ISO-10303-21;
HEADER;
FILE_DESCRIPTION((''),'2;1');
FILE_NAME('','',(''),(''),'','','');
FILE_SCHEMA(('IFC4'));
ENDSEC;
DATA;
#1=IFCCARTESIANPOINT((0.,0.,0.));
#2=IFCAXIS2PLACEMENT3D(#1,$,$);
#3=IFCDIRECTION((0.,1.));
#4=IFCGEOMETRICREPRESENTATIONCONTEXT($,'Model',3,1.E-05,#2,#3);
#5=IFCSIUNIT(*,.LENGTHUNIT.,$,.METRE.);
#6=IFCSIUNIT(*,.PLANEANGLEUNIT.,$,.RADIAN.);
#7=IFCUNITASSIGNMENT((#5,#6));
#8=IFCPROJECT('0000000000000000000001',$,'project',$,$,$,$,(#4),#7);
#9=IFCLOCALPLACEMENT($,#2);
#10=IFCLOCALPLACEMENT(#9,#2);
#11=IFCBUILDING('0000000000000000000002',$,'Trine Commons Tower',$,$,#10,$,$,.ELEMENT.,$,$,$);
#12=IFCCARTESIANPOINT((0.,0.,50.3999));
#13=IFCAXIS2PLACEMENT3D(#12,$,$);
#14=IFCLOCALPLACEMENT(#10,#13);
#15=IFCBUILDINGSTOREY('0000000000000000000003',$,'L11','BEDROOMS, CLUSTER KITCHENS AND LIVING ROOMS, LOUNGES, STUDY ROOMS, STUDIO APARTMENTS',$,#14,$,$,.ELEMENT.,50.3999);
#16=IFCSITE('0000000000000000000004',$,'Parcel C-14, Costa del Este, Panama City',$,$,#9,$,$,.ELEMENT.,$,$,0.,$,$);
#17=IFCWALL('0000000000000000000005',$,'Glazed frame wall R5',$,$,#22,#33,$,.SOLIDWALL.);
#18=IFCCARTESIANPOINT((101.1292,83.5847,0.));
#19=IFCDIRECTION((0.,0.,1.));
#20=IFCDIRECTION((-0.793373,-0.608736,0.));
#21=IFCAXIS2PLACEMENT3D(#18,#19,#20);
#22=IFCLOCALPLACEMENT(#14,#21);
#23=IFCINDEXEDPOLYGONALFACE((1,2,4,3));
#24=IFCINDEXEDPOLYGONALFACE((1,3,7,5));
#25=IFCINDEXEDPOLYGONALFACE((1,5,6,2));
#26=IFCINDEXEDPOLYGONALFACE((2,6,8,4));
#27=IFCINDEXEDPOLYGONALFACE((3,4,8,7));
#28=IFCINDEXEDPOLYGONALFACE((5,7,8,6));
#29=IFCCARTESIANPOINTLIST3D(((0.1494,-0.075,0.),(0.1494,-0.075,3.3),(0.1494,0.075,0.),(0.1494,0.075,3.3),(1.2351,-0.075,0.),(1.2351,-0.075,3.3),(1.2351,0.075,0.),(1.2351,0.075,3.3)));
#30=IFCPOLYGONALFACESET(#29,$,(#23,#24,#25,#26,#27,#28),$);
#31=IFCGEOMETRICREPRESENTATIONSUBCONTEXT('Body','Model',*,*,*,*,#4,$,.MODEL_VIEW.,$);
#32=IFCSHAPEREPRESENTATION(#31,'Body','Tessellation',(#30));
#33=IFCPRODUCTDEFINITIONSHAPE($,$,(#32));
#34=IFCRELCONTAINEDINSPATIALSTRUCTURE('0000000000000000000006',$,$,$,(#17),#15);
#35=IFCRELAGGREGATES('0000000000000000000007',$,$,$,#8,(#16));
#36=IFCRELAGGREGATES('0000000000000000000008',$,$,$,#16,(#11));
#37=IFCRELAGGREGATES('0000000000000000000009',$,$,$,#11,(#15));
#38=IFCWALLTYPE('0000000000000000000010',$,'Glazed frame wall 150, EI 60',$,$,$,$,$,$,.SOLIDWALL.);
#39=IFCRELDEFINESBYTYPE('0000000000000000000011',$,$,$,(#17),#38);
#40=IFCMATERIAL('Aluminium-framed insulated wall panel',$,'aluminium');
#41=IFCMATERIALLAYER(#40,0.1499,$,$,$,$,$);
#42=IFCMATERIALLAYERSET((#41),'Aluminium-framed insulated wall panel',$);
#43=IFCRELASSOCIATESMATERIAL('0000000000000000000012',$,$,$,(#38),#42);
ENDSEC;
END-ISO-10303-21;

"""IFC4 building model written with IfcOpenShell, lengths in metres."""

from ifc_helpers import new_model, si_unit, direction, frame, origin, place, context, subcontext, project, spatial, polyline, outline, extrude, material, layer, layer_set, type_object, element, save


model = new_model("IFC4")

# Units and contexts
model_context = context("Model", 3, precision=1e-05, world=origin(), true_north=direction((0.0, 1.0)))
body_context = subcontext(model_context, "Body", "Model", "MODEL_VIEW")
ifc_project = project(units=[si_unit("LENGTHUNIT", "METRE"), si_unit("PLANEANGLEUNIT", "RADIAN")], contexts=[model_context])

# Site, building, storey
site_placement = place(None, origin())
site = spatial("IfcSite", under=ifc_project, at=site_placement, Name="Parcel C-14, Costa del Este, Panama City", CompositionType="ELEMENT", RefElevation=0.0)
building_placement = place(site_placement, origin())
building = spatial("IfcBuilding", under=site, at=building_placement, Name="Trine Commons Tower", CompositionType="ELEMENT")
storey_placement = place(building_placement, frame((0.0, 0.0, 50.3999)))
storey = spatial("IfcBuildingStorey", under=building, at=storey_placement, Name="L11", Description="BEDROOMS, CLUSTER KITCHENS AND LIVING ROOMS, LOUNGES, STUDY ROOMS, STUDIO APARTMENTS", CompositionType="ELEMENT", Elevation=50.3999)

# Wall
ifc_material_1 = material(Name="Aluminium-framed insulated wall panel", Category="aluminium")
ifc_layer_1 = layer(ifc_material_1, 0.1499)
ifc_layer_set_1 = layer_set([ifc_layer_1], Name="Aluminium-framed insulated wall panel")
wall_type_1 = type_object("IfcWallType", Name="Glazed frame wall 150, EI 60", PredefinedType="SOLIDWALL", material=ifc_layer_set_1)
wall_1_placement = place(storey_placement, frame((101.1292, 83.5847, 0.0), z_axis=(0.0, 0.0, 1.0), x_axis=(-0.793373, -0.608736, 0.0)))
element("IfcWall", 1, at=wall_1_placement, inside=storey, type_object=wall_type_1, Name="Glazed frame wall R5", PredefinedType="SOLIDWALL", context=body_context, shape_type="SweptSolid", body=[
    extrude(outline(polyline([(0.1494, 0.075), (0.1494, -0.075), (1.2351, -0.075), (1.2351, 0.075), (0.1494, 0.075)])), origin(), (0.0, 0.0, 1.0), 3.3),
])

save(model, "model.ifc")
